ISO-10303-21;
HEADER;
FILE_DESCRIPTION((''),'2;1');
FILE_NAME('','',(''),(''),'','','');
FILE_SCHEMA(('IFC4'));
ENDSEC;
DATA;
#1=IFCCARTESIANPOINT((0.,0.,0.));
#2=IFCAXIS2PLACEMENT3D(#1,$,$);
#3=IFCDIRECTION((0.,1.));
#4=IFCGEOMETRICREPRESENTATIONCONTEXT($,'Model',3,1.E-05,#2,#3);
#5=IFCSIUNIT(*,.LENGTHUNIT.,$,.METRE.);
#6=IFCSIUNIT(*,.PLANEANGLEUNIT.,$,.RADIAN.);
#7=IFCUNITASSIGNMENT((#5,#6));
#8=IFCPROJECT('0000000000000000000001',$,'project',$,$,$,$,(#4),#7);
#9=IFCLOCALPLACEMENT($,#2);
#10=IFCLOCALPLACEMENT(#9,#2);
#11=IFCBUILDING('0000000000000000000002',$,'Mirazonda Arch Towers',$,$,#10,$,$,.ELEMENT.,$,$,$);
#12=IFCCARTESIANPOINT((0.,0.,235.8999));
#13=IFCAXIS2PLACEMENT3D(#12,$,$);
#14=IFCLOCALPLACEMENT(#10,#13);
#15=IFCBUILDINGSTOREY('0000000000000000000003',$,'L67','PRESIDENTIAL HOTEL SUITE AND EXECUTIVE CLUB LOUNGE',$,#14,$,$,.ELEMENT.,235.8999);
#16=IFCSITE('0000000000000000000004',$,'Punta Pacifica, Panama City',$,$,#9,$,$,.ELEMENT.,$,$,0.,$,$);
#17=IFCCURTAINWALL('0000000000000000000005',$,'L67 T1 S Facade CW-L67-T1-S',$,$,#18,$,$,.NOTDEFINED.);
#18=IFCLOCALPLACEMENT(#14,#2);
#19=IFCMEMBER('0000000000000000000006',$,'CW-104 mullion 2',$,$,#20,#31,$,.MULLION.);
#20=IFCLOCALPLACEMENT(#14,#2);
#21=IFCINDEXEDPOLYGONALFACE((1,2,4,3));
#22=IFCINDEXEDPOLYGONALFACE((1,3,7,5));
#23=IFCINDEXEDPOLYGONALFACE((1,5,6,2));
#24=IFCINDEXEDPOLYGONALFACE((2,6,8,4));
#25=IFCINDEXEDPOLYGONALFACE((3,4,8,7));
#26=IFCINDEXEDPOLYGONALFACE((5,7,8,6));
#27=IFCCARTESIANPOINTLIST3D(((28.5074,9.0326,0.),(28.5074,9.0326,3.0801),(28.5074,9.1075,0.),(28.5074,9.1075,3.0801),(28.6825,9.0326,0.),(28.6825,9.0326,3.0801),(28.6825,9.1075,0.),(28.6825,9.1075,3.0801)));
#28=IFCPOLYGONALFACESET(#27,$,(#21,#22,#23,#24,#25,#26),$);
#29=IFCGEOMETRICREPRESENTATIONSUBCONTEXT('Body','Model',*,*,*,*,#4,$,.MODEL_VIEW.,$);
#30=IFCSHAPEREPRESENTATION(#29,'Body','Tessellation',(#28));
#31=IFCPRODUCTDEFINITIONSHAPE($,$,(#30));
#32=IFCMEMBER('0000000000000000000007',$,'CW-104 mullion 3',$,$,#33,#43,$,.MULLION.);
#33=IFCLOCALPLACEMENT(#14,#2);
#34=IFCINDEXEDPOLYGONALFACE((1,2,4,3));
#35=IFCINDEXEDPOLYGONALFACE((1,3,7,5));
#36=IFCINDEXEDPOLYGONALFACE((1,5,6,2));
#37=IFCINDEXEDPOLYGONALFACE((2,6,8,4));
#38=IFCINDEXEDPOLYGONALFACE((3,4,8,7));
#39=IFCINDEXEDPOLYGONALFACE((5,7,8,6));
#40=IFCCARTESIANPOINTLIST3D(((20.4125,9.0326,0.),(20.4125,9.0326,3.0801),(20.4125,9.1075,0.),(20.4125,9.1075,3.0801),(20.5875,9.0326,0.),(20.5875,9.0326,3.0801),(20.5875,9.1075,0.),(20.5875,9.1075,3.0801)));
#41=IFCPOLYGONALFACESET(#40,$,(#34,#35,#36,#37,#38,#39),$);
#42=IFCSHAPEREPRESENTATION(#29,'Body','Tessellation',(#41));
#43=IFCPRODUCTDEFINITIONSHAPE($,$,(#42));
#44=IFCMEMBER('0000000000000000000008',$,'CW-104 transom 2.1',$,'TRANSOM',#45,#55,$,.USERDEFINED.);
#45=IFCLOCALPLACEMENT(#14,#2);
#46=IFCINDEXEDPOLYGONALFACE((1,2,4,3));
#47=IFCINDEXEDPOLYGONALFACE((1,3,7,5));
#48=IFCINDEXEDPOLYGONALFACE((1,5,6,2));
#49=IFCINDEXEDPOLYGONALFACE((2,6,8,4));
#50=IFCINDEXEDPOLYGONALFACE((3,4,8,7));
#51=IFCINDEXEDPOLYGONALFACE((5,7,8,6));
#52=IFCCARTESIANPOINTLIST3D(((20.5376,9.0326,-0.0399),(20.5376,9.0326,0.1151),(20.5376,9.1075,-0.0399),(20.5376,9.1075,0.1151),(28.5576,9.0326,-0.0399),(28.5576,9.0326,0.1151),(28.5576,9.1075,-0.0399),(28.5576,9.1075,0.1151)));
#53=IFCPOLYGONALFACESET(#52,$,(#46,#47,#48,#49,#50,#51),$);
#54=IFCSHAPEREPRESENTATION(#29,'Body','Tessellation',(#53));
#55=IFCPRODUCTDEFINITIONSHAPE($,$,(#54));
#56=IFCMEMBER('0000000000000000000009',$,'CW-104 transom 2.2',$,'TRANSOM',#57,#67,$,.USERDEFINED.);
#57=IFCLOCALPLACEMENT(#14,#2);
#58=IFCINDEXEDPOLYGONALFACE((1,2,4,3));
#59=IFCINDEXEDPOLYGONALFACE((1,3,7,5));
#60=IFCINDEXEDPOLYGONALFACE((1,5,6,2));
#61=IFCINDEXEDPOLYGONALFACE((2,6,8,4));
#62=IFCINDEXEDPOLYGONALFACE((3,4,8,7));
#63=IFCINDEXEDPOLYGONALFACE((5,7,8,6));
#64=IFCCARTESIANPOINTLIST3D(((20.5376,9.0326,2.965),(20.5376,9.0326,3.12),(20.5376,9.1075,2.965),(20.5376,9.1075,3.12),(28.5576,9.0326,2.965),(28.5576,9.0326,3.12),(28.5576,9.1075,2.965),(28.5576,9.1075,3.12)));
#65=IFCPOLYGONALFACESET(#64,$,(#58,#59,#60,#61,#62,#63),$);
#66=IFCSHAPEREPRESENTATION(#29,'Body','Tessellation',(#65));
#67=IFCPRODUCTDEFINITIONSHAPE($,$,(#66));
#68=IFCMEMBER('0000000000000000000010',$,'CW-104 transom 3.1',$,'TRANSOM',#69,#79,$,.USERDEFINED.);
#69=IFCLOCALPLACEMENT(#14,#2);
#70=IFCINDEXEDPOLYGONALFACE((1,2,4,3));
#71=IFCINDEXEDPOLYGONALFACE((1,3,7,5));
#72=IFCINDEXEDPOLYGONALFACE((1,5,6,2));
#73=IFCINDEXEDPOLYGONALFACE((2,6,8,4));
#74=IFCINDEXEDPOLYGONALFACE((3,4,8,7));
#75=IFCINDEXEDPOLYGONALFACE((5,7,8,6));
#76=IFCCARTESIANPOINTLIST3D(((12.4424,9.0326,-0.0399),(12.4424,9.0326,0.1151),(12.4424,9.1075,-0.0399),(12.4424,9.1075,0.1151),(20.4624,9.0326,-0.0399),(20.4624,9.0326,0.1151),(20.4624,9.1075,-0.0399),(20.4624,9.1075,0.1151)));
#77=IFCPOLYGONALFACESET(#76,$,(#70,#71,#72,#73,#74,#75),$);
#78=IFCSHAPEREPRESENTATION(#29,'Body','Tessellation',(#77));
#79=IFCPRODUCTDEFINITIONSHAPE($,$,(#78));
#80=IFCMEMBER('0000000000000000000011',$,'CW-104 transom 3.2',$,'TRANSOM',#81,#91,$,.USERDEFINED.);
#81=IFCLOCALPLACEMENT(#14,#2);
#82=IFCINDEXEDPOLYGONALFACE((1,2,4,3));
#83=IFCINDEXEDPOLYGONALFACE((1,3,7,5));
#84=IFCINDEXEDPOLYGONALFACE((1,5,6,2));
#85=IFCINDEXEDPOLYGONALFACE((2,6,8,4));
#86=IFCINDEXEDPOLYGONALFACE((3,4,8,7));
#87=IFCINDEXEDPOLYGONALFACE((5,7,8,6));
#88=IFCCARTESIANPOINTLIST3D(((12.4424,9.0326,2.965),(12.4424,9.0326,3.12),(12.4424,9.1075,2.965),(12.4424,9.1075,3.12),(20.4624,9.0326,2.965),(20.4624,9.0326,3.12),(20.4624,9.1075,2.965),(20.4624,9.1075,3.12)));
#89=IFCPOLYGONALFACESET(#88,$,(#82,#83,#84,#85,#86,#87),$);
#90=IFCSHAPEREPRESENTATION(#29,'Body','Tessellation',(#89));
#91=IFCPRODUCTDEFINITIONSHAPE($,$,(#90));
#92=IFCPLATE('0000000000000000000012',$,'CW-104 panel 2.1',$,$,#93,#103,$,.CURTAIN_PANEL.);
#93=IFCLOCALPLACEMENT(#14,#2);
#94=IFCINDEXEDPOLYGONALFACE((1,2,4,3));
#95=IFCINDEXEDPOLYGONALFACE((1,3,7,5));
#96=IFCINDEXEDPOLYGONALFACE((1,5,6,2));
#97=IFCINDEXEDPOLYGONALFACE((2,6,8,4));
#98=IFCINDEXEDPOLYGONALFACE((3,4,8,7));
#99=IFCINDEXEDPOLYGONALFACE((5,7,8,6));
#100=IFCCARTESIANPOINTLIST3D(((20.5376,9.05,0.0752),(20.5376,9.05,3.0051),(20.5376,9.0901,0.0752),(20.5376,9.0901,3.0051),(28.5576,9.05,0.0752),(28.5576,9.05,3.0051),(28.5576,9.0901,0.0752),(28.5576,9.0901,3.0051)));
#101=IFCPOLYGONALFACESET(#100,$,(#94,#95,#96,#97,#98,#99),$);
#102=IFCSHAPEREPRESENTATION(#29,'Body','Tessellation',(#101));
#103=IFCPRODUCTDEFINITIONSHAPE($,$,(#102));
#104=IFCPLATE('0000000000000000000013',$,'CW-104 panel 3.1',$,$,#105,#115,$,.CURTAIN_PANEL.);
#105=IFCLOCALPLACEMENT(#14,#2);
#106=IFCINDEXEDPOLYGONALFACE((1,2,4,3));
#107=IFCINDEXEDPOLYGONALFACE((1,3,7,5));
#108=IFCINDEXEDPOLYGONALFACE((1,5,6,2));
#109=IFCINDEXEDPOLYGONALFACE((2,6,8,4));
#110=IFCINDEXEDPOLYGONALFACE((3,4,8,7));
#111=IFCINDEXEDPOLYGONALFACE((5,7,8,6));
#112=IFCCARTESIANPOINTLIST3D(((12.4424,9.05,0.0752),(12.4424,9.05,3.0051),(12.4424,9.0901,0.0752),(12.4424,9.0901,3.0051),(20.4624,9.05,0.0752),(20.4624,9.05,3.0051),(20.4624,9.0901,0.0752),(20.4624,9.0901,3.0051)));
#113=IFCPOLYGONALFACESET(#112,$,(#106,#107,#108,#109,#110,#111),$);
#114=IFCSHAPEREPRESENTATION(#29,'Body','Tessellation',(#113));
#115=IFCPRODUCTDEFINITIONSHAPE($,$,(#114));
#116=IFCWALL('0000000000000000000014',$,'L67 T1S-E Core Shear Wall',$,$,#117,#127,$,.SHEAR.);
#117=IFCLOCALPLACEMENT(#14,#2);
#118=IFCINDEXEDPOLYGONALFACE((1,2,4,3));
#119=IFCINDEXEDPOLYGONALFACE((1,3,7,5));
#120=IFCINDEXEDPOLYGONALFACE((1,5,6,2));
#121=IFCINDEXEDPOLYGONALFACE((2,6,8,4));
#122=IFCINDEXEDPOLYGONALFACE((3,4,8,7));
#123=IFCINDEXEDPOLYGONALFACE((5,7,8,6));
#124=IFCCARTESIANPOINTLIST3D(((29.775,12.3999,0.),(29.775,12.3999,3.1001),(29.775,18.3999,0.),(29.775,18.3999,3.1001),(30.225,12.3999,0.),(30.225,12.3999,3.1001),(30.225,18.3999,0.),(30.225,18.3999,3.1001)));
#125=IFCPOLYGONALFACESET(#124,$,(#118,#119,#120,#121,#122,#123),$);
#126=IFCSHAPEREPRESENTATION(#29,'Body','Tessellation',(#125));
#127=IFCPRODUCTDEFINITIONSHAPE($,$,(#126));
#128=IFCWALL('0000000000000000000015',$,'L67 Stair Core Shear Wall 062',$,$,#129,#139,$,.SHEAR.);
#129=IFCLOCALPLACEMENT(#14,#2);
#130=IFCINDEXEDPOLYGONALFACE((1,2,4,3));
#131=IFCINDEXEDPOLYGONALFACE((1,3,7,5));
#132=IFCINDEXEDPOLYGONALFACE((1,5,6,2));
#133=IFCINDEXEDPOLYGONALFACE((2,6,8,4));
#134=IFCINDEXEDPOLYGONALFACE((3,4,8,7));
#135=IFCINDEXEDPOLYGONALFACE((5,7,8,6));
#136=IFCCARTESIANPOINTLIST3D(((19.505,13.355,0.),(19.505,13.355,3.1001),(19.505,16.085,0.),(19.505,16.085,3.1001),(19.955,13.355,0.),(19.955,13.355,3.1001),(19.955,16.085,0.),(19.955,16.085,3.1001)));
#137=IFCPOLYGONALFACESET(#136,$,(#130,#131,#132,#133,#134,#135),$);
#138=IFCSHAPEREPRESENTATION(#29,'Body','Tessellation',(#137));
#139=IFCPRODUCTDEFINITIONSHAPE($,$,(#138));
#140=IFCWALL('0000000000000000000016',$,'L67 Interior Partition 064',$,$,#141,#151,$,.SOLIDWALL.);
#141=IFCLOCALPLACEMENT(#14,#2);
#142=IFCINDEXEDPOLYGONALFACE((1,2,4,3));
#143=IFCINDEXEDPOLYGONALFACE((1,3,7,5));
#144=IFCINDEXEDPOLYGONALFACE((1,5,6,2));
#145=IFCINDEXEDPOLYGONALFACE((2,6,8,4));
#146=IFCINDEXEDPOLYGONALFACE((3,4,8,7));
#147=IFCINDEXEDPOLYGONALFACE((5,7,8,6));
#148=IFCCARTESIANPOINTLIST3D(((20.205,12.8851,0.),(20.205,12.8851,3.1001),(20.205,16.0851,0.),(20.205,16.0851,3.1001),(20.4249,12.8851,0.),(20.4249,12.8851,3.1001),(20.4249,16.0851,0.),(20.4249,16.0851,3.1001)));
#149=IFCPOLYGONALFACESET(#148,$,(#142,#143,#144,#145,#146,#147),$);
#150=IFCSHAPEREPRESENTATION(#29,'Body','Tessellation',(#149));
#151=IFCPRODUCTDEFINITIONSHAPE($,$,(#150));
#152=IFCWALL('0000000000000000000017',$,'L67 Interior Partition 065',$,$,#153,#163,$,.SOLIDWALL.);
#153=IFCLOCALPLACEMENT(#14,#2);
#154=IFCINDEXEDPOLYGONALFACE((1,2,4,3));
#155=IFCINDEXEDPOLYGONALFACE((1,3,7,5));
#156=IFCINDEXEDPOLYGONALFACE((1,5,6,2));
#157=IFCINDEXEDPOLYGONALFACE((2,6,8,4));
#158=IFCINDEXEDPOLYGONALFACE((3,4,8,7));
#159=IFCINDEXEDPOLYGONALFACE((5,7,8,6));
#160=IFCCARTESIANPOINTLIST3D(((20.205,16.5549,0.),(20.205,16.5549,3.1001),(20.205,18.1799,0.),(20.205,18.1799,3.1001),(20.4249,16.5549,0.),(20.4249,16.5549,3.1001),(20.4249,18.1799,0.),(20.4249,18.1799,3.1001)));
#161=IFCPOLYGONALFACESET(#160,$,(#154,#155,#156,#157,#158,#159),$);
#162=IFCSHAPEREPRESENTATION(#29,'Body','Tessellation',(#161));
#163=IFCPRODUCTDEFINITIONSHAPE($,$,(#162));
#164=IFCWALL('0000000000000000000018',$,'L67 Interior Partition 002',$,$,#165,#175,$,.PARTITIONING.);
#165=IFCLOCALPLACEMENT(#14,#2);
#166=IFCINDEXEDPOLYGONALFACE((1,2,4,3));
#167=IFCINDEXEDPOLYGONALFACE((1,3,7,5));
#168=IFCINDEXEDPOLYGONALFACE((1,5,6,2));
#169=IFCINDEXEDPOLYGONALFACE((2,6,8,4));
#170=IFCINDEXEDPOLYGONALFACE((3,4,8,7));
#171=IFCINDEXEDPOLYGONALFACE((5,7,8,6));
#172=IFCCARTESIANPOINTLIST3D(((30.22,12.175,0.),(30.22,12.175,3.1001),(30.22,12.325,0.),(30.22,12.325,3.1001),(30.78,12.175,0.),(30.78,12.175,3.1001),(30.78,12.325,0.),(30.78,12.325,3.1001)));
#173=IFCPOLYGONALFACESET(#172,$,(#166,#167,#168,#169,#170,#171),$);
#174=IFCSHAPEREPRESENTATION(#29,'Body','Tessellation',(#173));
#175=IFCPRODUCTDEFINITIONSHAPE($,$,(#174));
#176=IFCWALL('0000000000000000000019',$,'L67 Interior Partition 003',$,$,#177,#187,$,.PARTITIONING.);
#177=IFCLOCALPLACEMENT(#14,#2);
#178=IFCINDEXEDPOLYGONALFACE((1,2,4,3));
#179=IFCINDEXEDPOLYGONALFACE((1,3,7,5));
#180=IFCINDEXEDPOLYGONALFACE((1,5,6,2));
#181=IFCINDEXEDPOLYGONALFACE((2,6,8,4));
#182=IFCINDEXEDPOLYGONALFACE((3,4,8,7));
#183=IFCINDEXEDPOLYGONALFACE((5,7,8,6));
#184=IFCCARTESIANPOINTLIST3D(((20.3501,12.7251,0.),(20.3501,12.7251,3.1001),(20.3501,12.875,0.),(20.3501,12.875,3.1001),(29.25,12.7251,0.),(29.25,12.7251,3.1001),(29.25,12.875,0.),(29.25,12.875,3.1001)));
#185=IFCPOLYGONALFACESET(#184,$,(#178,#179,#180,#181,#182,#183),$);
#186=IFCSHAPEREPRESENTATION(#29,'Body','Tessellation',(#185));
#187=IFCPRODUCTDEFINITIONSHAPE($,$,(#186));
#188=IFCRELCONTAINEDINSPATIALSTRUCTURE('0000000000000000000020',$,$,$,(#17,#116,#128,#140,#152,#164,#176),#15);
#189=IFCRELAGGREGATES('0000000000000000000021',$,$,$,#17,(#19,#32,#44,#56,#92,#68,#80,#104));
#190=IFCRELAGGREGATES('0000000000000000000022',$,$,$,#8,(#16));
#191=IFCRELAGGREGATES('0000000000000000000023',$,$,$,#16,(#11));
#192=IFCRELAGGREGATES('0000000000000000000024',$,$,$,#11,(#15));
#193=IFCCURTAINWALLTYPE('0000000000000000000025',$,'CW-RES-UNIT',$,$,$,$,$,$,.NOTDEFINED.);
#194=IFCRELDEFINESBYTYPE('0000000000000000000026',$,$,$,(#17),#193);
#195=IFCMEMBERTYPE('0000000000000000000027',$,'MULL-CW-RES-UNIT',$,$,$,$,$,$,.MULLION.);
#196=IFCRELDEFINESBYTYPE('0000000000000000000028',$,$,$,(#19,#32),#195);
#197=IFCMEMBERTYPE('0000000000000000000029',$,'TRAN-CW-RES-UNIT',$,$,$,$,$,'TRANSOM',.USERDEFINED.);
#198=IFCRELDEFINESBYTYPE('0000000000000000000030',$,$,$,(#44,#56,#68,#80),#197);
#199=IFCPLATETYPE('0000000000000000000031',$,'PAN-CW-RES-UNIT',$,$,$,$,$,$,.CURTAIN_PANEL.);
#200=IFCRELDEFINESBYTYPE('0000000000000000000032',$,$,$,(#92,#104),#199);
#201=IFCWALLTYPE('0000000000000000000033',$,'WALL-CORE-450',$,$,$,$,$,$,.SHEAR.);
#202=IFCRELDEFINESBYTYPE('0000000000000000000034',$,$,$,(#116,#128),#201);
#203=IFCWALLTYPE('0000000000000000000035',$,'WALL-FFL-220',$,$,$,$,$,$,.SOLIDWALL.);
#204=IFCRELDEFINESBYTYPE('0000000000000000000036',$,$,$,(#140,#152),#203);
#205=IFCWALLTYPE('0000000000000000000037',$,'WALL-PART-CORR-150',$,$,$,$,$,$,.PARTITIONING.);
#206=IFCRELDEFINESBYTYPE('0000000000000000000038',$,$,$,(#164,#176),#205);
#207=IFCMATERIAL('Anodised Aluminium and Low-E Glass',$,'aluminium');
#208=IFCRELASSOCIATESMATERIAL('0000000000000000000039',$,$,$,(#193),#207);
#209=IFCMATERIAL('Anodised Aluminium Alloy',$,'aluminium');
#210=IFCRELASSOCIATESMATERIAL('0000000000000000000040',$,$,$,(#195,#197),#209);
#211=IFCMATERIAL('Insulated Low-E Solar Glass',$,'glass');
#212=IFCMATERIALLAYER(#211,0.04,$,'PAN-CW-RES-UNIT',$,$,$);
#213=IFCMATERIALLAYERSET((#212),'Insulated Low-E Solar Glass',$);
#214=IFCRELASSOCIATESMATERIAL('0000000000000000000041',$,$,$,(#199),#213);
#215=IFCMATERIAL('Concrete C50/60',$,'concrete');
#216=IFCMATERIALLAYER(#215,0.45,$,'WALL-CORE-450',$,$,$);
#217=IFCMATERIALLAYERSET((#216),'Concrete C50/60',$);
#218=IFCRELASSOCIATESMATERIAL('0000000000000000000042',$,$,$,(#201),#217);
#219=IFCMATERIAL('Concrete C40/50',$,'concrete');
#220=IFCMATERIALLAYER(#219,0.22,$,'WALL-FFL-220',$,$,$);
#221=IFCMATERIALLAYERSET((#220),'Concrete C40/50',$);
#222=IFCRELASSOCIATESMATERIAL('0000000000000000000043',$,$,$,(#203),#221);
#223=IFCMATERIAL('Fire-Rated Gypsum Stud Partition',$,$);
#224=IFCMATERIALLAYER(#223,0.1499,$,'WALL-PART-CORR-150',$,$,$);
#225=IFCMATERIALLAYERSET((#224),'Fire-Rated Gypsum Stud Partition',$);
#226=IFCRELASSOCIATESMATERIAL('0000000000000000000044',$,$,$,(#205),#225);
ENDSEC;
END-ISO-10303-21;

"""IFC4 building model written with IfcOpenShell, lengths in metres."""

from ifc_helpers import new_model, si_unit, direction, frame, frame_2d, origin, origin_2d, place, context, subcontext, project, spatial, rectangle, extrude, material, layer, layer_set, material_profile, profile_set, type_object, element, aggregate, save


model = new_model("IFC4")

# Units and contexts
model_context = context("Model", 3, precision=1e-05, world=origin(), true_north=direction((0.0, 1.0)))
body_context = subcontext(model_context, "Body", "Model", "MODEL_VIEW")
ifc_project = project(units=[si_unit("LENGTHUNIT", "METRE"), si_unit("PLANEANGLEUNIT", "RADIAN")], contexts=[model_context])

# Site, building, storey
site_placement = place(None, origin())
site = spatial("IfcSite", under=ifc_project, at=site_placement, Name="Punta Pacifica, Panama City", CompositionType="ELEMENT", RefElevation=0.0)
building_placement = place(site_placement, origin())
building = spatial("IfcBuilding", under=site, at=building_placement, Name="Mirazonda Arch Towers", CompositionType="ELEMENT")
storey_placement = place(building_placement, frame((0.0, 0.0, 235.8999)))
storey = spatial("IfcBuildingStorey", under=building, at=storey_placement, Name="L67", Description="PRESIDENTIAL HOTEL SUITE AND EXECUTIVE CLUB LOUNGE", CompositionType="ELEMENT", Elevation=235.8999)

# Shared definitions
ifc_material_1 = material(Name="Concrete C50/60", Category="concrete")

# Curtain wall, members, plates
ifc_material_2 = material(Name="Anodised Aluminium and Low-E Glass", Category="aluminium")
curtain_wall_type = type_object("IfcCurtainWallType", Name="CW-RES-UNIT", PredefinedType="NOTDEFINED", material=ifc_material_2)
curtain_wall_placement = place(storey_placement, origin())
curtain_wall = element("IfcCurtainWall", 1, at=curtain_wall_placement, inside=storey, type_object=curtain_wall_type, Name="L67 T1 S Facade CW-L67-T1-S", PredefinedType="NOTDEFINED")
ifc_material_3 = material(Name="Anodised Aluminium Alloy", Category="aluminium")
ifc_material_profile_1 = material_profile(ifc_material_3, rectangle(XDim=0.075, YDim=0.175, at=origin_2d()), Name="ALU-MULL-75x175")
ifc_profile_set_1 = profile_set([ifc_material_profile_1], Name="Anodised Aluminium Alloy")
member_type_1 = type_object("IfcMemberType", Name="MULL-CW-RES-UNIT", PredefinedType="MULLION", material=ifc_profile_set_1)
member_1_placement = place(storey_placement, frame((28.595, 9.0701, 0.0), z_axis=(0.0, 0.0, 1.0), x_axis=(0.0, -1.0, 0.0)))
member_1 = element("IfcMember", 2, at=member_1_placement, type_object=member_type_1, Name="CW-104 mullion 2", PredefinedType="MULLION", context=body_context, shape_type="SweptSolid", body=[
    extrude(rectangle(XDim=0.075, YDim=0.175, at=origin_2d()), origin(), (0.0, 0.0, 1.0), 3.0801),
])
member_2_placement = place(storey_placement, frame((20.5, 9.0701, 0.0), z_axis=(0.0, 0.0, 1.0), x_axis=(0.0, -1.0, 0.0)))
member_2 = element("IfcMember", 3, at=member_2_placement, type_object=member_type_1, Name="CW-104 mullion 3", PredefinedType="MULLION", context=body_context, shape_type="SweptSolid", body=[
    extrude(rectangle(XDim=0.075, YDim=0.175, at=origin_2d()), origin(), (0.0, 0.0, 1.0), 3.0801),
])
ifc_material_profile_2 = material_profile(ifc_material_3, rectangle(XDim=0.075, YDim=0.155, at=origin_2d()), Name="ALU-TRAN-75x155")
ifc_profile_set_2 = profile_set([ifc_material_profile_2], Name="Anodised Aluminium Alloy")
member_type_2 = type_object("IfcMemberType", Name="TRAN-CW-RES-UNIT", ElementType="TRANSOM", PredefinedType="USERDEFINED", material=ifc_profile_set_2)
member_3_placement = place(storey_placement, frame((28.5576, 9.0701, 0.0376), z_axis=(-1.0, 0.0, 0.0), x_axis=(0.0, -1.0, 0.0)))
member_3 = element("IfcMember", 4, at=member_3_placement, type_object=member_type_2, Name="CW-104 transom 2.1", ObjectType="TRANSOM", PredefinedType="USERDEFINED", context=body_context, shape_type="SweptSolid", body=[
    extrude(rectangle(XDim=0.075, YDim=0.155, at=origin_2d()), origin(), (0.0, 0.0, 1.0), 8.02),
])
member_4_placement = place(storey_placement, frame((28.5576, 9.0701, 3.0425), z_axis=(-1.0, 0.0, 0.0), x_axis=(0.0, -1.0, 0.0)))
member_4 = element("IfcMember", 5, at=member_4_placement, type_object=member_type_2, Name="CW-104 transom 2.2", ObjectType="TRANSOM", PredefinedType="USERDEFINED", context=body_context, shape_type="SweptSolid", body=[
    extrude(rectangle(XDim=0.075, YDim=0.155, at=origin_2d()), origin(), (0.0, 0.0, 1.0), 8.02),
])
member_5_placement = place(storey_placement, frame((20.4624, 9.0701, 0.0376), z_axis=(-1.0, 0.0, 0.0), x_axis=(0.0, -1.0, 0.0)))
member_5 = element("IfcMember", 6, at=member_5_placement, type_object=member_type_2, Name="CW-104 transom 3.1", ObjectType="TRANSOM", PredefinedType="USERDEFINED", context=body_context, shape_type="SweptSolid", body=[
    extrude(rectangle(XDim=0.075, YDim=0.155, at=origin_2d()), origin(), (0.0, 0.0, 1.0), 8.02),
])
member_6_placement = place(storey_placement, frame((20.4624, 9.0701, 3.0425), z_axis=(-1.0, 0.0, 0.0), x_axis=(0.0, -1.0, 0.0)))
member_6 = element("IfcMember", 7, at=member_6_placement, type_object=member_type_2, Name="CW-104 transom 3.2", ObjectType="TRANSOM", PredefinedType="USERDEFINED", context=body_context, shape_type="SweptSolid", body=[
    extrude(rectangle(XDim=0.075, YDim=0.155, at=origin_2d()), origin(), (0.0, 0.0, 1.0), 8.02),
])
ifc_material_4 = material(Name="Insulated Low-E Solar Glass", Category="glass")
ifc_layer_1 = layer(ifc_material_4, 0.04, Name="PAN-CW-RES-UNIT")
ifc_layer_set_1 = layer_set([ifc_layer_1], Name="Insulated Low-E Solar Glass")
plate_type = type_object("IfcPlateType", Name="PAN-CW-RES-UNIT", PredefinedType="CURTAIN_PANEL", material=ifc_layer_set_1)
plate_1_placement = place(storey_placement, frame((24.5476, 9.0701, 0.0752), z_axis=(0.0, 0.0, 1.0), x_axis=(-1.0, 0.0, 0.0)))
plate_1 = element("IfcPlate", 8, at=plate_1_placement, type_object=plate_type, Name="CW-104 panel 2.1", PredefinedType="CURTAIN_PANEL", context=body_context, shape_type="SweptSolid", body=[
    extrude(rectangle(XDim=8.02, YDim=0.04, at=origin_2d()), origin(), (0.0, 0.0, 1.0), 2.9299),
])
plate_2_placement = place(storey_placement, frame((16.4524, 9.0701, 0.0752), z_axis=(0.0, 0.0, 1.0), x_axis=(-1.0, 0.0, 0.0)))
plate_2 = element("IfcPlate", 9, at=plate_2_placement, type_object=plate_type, Name="CW-104 panel 3.1", PredefinedType="CURTAIN_PANEL", context=body_context, shape_type="SweptSolid", body=[
    extrude(rectangle(XDim=8.02, YDim=0.04, at=origin_2d()), origin(), (0.0, 0.0, 1.0), 2.9299),
])
aggregate(curtain_wall, [member_1, member_2, member_3, member_4, plate_1, member_5, member_6, plate_2])

# Walls
ifc_layer_2 = layer(ifc_material_1, 0.45, Name="WALL-CORE-450")
ifc_layer_set_2 = layer_set([ifc_layer_2], Name="Concrete C50/60")
wall_type_1 = type_object("IfcWallType", Name="WALL-CORE-450", PredefinedType="SHEAR", material=ifc_layer_set_2)
wall_1_placement = place(storey_placement, frame((30.0, 12.3999, 0.0), z_axis=(0.0, 0.0, 1.0), x_axis=(0.0, 1.0, 0.0)))
element("IfcWall", 10, at=wall_1_placement, inside=storey, type_object=wall_type_1, Name="L67 T1S-E Core Shear Wall", PredefinedType="SHEAR", context=body_context, shape_type="SweptSolid", body=[
    extrude(rectangle(XDim=6.0, YDim=0.45, at=frame_2d((3.0, 0.0))), origin(), (0.0, 0.0, 1.0), 3.1001),
])
wall_2_placement = place(storey_placement, frame((19.73, 13.355, 0.0), z_axis=(0.0, 0.0, 1.0), x_axis=(0.0, 1.0, 0.0)))
element("IfcWall", 11, at=wall_2_placement, inside=storey, type_object=wall_type_1, Name="L67 Stair Core Shear Wall 062", PredefinedType="SHEAR", context=body_context, shape_type="SweptSolid", body=[
    extrude(rectangle(XDim=2.73, YDim=0.45, at=frame_2d((1.365, 0.0))), origin(), (0.0, 0.0, 1.0), 3.1001),
])
ifc_material_5 = material(Name="Concrete C40/50", Category="concrete")
ifc_layer_3 = layer(ifc_material_5, 0.22, Name="WALL-FFL-220")
ifc_layer_set_3 = layer_set([ifc_layer_3], Name="Concrete C40/50")
wall_type_2 = type_object("IfcWallType", Name="WALL-FFL-220", PredefinedType="SOLIDWALL", material=ifc_layer_set_3)
wall_3_placement = place(storey_placement, frame((20.3149, 12.885, 0.0), z_axis=(0.0, 0.0, 1.0), x_axis=(0.0, 1.0, 0.0)))
element("IfcWall", 12, at=wall_3_placement, inside=storey, type_object=wall_type_2, Name="L67 Interior Partition 064", PredefinedType="SOLIDWALL", context=body_context, shape_type="SweptSolid", body=[
    extrude(rectangle(XDim=3.2, YDim=0.22, at=frame_2d((1.6001, 0.0))), origin(), (0.0, 0.0, 1.0), 3.1001),
])
wall_4_placement = place(storey_placement, frame((20.3149, 16.5549, 0.0), z_axis=(0.0, 0.0, 1.0), x_axis=(0.0, 1.0, 0.0)))
element("IfcWall", 13, at=wall_4_placement, inside=storey, type_object=wall_type_2, Name="L67 Interior Partition 065", PredefinedType="SOLIDWALL", context=body_context, shape_type="SweptSolid", body=[
    extrude(rectangle(XDim=1.625, YDim=0.22, at=frame_2d((0.8125, 0.0))), origin(), (0.0, 0.0, 1.0), 3.1001),
])
ifc_material_6 = material(Name="Fire-Rated Gypsum Stud Partition")
ifc_layer_4 = layer(ifc_material_6, 0.1499, Name="WALL-PART-CORR-150")
ifc_layer_set_4 = layer_set([ifc_layer_4], Name="Fire-Rated Gypsum Stud Partition")
wall_type_3 = type_object("IfcWallType", Name="WALL-PART-CORR-150", PredefinedType="PARTITIONING", material=ifc_layer_set_4)
wall_5_placement = place(storey_placement, frame((30.22, 12.25, 0.0), z_axis=(0.0, 0.0, 1.0), x_axis=(1.0, 0.0, 0.0)))
element("IfcWall", 14, at=wall_5_placement, inside=storey, type_object=wall_type_3, Name="L67 Interior Partition 002", PredefinedType="PARTITIONING", context=body_context, shape_type="SweptSolid", body=[
    extrude(rectangle(XDim=0.5601, YDim=0.1499, at=frame_2d((0.28, 0.0))), origin(), (0.0, 0.0, 1.0), 3.1001),
])
wall_6_placement = place(storey_placement, frame((20.3501, 12.8, 0.0), z_axis=(0.0, 0.0, 1.0), x_axis=(1.0, 0.0, 0.0)))
element("IfcWall", 15, at=wall_6_placement, inside=storey, type_object=wall_type_3, Name="L67 Interior Partition 003", PredefinedType="PARTITIONING", context=body_context, shape_type="SweptSolid", body=[
    extrude(rectangle(XDim=8.8999, YDim=0.1499, at=frame_2d((4.45, 0.0))), origin(), (0.0, 0.0, 1.0), 3.1001),
])

save(model, "model.ifc")
